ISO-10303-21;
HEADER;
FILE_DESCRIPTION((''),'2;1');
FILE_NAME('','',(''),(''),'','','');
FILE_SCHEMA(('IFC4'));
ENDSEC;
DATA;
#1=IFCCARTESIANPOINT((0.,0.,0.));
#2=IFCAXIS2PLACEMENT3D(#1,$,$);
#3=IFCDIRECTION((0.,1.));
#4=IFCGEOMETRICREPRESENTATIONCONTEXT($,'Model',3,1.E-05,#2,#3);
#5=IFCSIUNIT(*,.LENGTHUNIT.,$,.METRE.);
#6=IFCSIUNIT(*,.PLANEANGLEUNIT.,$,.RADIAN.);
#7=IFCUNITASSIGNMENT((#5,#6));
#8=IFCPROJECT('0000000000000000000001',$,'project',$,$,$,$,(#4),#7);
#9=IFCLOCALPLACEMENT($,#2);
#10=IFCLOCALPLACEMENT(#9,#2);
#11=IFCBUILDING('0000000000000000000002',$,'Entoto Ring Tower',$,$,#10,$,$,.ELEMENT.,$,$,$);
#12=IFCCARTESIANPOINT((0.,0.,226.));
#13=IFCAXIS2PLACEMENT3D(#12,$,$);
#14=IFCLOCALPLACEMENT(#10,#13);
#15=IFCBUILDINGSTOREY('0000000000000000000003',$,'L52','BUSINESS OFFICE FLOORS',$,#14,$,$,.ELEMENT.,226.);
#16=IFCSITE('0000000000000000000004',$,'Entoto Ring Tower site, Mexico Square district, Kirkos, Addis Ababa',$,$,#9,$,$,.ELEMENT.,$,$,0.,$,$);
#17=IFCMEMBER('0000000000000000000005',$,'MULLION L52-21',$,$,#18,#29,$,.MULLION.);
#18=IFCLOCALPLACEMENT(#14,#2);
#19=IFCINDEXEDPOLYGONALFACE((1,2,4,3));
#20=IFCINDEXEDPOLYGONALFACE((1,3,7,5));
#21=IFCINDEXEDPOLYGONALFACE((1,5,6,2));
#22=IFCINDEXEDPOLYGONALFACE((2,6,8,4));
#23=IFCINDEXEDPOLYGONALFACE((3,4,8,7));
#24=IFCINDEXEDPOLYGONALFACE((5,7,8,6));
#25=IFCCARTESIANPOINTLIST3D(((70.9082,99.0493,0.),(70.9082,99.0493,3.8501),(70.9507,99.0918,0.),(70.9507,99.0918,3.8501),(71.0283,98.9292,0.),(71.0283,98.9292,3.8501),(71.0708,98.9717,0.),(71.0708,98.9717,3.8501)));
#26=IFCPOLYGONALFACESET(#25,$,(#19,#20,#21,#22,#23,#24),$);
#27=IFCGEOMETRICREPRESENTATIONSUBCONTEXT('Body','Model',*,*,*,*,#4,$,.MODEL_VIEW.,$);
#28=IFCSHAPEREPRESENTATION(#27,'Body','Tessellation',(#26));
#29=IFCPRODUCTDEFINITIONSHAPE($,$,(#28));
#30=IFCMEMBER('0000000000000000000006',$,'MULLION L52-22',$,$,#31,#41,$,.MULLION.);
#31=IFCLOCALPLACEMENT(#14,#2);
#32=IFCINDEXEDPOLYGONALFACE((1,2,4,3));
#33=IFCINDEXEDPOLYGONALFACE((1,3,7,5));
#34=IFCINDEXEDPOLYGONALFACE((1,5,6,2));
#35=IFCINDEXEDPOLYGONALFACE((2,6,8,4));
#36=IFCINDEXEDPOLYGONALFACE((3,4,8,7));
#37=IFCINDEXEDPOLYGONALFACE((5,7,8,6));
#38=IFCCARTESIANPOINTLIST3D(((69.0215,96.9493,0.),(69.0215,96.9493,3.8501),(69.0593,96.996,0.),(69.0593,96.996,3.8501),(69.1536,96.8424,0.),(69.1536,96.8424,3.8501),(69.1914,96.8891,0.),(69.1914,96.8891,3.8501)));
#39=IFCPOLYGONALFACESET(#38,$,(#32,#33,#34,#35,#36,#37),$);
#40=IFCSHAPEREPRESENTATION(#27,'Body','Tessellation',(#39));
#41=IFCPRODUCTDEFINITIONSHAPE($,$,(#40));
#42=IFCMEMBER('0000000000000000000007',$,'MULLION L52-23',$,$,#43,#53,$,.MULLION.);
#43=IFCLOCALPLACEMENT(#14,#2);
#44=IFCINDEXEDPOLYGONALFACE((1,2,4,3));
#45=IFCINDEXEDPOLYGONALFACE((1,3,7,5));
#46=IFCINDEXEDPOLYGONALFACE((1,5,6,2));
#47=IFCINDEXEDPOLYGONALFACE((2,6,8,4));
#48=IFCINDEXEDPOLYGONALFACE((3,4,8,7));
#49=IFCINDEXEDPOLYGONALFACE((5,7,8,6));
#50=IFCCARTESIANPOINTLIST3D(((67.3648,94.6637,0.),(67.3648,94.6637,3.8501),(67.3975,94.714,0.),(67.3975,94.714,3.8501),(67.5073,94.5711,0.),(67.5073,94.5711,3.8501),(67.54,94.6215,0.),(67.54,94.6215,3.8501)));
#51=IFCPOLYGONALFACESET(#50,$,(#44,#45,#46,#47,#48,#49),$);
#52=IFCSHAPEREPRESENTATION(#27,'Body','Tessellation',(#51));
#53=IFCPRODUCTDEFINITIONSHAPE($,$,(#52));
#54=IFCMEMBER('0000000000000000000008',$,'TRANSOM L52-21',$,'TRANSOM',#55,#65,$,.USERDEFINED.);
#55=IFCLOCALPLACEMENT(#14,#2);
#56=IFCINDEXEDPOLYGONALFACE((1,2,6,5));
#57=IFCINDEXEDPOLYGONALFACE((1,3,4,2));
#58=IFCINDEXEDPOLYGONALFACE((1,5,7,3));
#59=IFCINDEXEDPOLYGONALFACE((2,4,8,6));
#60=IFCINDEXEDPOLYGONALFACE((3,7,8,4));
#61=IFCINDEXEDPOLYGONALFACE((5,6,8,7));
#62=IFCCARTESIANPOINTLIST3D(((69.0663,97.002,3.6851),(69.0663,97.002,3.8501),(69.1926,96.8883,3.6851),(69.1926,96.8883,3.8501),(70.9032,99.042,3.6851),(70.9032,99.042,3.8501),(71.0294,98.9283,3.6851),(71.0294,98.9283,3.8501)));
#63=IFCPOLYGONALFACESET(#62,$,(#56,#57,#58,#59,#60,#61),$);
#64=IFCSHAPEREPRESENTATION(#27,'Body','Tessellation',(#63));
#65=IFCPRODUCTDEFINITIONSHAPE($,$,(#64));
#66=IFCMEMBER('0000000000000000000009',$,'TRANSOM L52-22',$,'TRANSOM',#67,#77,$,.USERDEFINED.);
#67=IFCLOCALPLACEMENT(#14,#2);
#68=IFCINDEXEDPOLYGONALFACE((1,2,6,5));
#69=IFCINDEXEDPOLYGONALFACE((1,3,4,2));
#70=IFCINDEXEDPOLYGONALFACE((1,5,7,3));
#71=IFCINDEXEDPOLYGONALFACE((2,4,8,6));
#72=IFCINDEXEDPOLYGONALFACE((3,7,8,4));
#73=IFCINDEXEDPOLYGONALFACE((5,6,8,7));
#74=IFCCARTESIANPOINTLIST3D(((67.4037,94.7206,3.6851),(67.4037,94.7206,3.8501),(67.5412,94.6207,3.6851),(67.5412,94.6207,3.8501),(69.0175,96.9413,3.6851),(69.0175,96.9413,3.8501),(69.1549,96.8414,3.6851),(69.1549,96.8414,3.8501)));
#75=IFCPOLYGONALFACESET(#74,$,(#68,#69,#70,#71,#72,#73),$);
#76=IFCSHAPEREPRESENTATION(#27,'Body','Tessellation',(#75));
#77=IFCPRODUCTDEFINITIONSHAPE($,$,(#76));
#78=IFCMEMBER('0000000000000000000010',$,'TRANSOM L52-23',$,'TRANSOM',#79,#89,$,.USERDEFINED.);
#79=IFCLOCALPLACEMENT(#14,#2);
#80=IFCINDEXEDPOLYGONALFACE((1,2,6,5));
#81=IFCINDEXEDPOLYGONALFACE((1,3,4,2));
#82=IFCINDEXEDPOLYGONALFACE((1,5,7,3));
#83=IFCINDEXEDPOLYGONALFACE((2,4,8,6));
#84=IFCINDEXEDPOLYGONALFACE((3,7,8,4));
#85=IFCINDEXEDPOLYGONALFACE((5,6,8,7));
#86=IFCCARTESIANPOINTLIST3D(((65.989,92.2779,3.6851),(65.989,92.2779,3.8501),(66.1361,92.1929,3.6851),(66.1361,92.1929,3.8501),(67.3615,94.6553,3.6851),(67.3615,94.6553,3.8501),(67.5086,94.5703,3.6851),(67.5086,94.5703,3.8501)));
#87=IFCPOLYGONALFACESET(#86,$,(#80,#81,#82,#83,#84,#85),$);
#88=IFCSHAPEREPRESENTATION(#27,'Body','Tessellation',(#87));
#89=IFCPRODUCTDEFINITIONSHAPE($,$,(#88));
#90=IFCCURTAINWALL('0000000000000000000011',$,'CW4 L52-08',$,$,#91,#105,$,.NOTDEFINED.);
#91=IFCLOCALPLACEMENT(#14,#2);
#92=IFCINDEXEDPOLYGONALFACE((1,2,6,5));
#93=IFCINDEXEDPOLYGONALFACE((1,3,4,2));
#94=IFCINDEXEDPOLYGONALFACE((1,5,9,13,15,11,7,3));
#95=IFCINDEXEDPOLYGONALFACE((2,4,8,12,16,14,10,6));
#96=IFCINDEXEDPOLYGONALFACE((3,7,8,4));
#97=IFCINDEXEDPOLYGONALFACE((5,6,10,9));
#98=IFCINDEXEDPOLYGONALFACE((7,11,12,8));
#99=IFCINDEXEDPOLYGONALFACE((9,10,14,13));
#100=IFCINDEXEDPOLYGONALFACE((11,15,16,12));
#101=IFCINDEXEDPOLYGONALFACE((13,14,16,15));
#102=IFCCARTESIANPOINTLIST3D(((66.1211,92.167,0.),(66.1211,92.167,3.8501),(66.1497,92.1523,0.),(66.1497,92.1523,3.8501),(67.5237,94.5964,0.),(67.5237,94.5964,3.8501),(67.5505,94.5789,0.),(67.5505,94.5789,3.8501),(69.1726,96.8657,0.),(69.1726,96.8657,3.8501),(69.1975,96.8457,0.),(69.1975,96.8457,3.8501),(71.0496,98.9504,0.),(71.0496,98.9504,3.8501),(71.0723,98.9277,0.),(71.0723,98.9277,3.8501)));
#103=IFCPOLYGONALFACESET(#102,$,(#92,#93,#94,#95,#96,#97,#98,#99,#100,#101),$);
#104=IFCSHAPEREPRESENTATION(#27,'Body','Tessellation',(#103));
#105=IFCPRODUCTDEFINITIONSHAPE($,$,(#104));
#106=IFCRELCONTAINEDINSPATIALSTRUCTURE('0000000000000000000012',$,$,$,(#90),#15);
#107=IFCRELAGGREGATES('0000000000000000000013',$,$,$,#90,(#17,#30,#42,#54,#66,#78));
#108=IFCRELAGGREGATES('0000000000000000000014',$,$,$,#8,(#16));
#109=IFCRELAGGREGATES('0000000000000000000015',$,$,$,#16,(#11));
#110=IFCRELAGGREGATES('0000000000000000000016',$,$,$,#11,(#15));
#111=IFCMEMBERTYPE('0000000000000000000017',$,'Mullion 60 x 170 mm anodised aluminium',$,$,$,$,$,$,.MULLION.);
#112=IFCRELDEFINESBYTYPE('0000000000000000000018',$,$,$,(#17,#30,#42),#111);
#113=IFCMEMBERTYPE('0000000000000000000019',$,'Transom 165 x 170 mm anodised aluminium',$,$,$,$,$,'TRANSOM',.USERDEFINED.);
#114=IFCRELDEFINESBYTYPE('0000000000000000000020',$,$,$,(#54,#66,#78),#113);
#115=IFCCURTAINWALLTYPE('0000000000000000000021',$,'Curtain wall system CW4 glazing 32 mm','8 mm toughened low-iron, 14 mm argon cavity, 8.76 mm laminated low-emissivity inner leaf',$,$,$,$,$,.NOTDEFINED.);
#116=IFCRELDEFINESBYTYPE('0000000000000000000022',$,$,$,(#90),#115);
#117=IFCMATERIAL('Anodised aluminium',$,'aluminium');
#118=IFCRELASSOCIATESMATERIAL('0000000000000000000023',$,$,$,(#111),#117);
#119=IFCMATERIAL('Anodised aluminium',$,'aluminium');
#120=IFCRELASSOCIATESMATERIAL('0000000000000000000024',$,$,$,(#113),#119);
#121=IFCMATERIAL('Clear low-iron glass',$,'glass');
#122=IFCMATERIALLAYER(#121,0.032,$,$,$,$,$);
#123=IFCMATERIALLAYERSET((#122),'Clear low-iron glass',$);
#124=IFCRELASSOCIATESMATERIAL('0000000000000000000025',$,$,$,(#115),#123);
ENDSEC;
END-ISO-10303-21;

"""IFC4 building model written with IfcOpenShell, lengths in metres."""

from ifc_helpers import new_model, si_unit, direction, frame, origin, origin_2d, place, context, subcontext, project, spatial, polyline, rectangle, outline, extrude, material, layer, layer_set, material_profile, profile_set, type_object, element, aggregate, save


model = new_model("IFC4")

# Units and contexts
model_context = context("Model", 3, precision=1e-05, world=origin(), true_north=direction((0.0, 1.0)))
body_context = subcontext(model_context, "Body", "Model", "MODEL_VIEW")
ifc_project = project(units=[si_unit("LENGTHUNIT", "METRE"), si_unit("PLANEANGLEUNIT", "RADIAN")], contexts=[model_context])

# Members
ifc_material_1 = material(Name="Anodised aluminium", Category="aluminium")
ifc_material_profile_1 = material_profile(ifc_material_1, rectangle(XDim=0.0601, YDim=0.1699, at=origin_2d()), Name="Mullion 60 x 170 mm anodised aluminium")
ifc_profile_set_1 = profile_set([ifc_material_profile_1], Name="Anodised aluminium")
member_type_1 = type_object("IfcMemberType", Name="Mullion 60 x 170 mm anodised aluminium", PredefinedType="MULLION", material=ifc_profile_set_1)
site_placement = place(None, origin())
building_placement = place(site_placement, origin())
storey_placement = place(building_placement, frame((0.0, 0.0, 226.0)))
member_1_placement = place(storey_placement, frame((70.9895, 99.0105, 0.0), z_axis=(0.0, 0.0, 1.0), x_axis=(-0.707107, -0.707107, 0.0)))
member_1 = element("IfcMember", 1, at=member_1_placement, type_object=member_type_1, Name="MULLION L52-21", PredefinedType="MULLION", context=body_context, shape_type="SweptSolid", body=[
    extrude(rectangle(XDim=0.0601, YDim=0.1699, at=origin_2d()), origin(), (0.0, 0.0, 1.0), 3.8501),
])
member_2_placement = place(storey_placement, frame((69.1064, 96.9192, 0.0), z_axis=(0.0, 0.0, 1.0), x_axis=(-0.62932, -0.777146, 0.0)))
member_2 = element("IfcMember", 2, at=member_2_placement, type_object=member_type_1, Name="MULLION L52-22", PredefinedType="MULLION", context=body_context, shape_type="SweptSolid", body=[
    extrude(rectangle(XDim=0.0601, YDim=0.1699, at=origin_2d()), origin(), (0.0, 0.0, 1.0), 3.8501),
])
member_3_placement = place(storey_placement, frame((67.4524, 94.6426, 0.0), z_axis=(0.0, 0.0, 1.0), x_axis=(-0.544639, -0.838671, 0.0)))
member_3 = element("IfcMember", 3, at=member_3_placement, type_object=member_type_1, Name="MULLION L52-23", PredefinedType="MULLION", context=body_context, shape_type="SweptSolid", body=[
    extrude(rectangle(XDim=0.0601, YDim=0.1699, at=origin_2d()), origin(), (0.0, 0.0, 1.0), 3.8501),
])
ifc_material_2 = material(Name="Anodised aluminium", Category="aluminium")
ifc_material_profile_2 = material_profile(ifc_material_2, rectangle(XDim=0.1699, YDim=0.165, at=origin_2d()), Name="Transom 165 x 170 mm anodised aluminium")
ifc_profile_set_2 = profile_set([ifc_material_profile_2], Name="Anodised aluminium")
member_type_2 = type_object("IfcMemberType", Name="Transom 165 x 170 mm anodised aluminium", ElementType="TRANSOM", PredefinedType="USERDEFINED", material=ifc_profile_set_2)
member_4_placement = place(storey_placement, frame((70.9663, 98.9851, 3.7676), z_axis=(-0.669142, -0.743135, 0.0), x_axis=(0.743135, -0.669142, 0.0)))
member_4 = element("IfcMember", 4, at=member_4_placement, type_object=member_type_2, Name="TRANSOM L52-21", ObjectType="TRANSOM", PredefinedType="USERDEFINED", context=body_context, shape_type="SweptSolid", body=[
    extrude(rectangle(XDim=0.1699, YDim=0.165, at=origin_2d()), origin(), (0.0, 0.0, 1.0), 2.7451),
])
member_5_placement = place(storey_placement, frame((69.0862, 96.8914, 3.7676), z_axis=(-0.587865, -0.808959, 0.0), x_axis=(0.808959, -0.587865, 0.0)))
member_5 = element("IfcMember", 5, at=member_5_placement, type_object=member_type_2, Name="TRANSOM L52-22", ObjectType="TRANSOM", PredefinedType="USERDEFINED", context=body_context, shape_type="SweptSolid", body=[
    extrude(rectangle(XDim=0.1699, YDim=0.165, at=origin_2d()), origin(), (0.0, 0.0, 1.0), 2.7451),
])
member_6_placement = place(storey_placement, frame((67.4351, 94.6128, 3.7676), z_axis=(-0.499984, -0.866035, 0.0), x_axis=(0.866035, -0.499984, 0.0)))
member_6 = element("IfcMember", 6, at=member_6_placement, type_object=member_type_2, Name="TRANSOM L52-23", ObjectType="TRANSOM", PredefinedType="USERDEFINED", context=body_context, shape_type="SweptSolid", body=[
    extrude(rectangle(XDim=0.1699, YDim=0.165, at=origin_2d()), origin(), (0.0, 0.0, 1.0), 2.7451),
])

# Site, building, storey
site = spatial("IfcSite", under=ifc_project, at=site_placement, Name="Entoto Ring Tower site, Mexico Square district, Kirkos, Addis Ababa", CompositionType="ELEMENT", RefElevation=0.0)
building = spatial("IfcBuilding", under=site, at=building_placement, Name="Entoto Ring Tower", CompositionType="ELEMENT")
storey = spatial("IfcBuildingStorey", under=building, at=storey_placement, Name="L52", Description="BUSINESS OFFICE FLOORS", CompositionType="ELEMENT", Elevation=226.0)

# Curtain wall
ifc_material_3 = material(Name="Clear low-iron glass", Category="glass")
ifc_layer = layer(ifc_material_3, 0.032)
ifc_layer_set = layer_set([ifc_layer], Name="Clear low-iron glass")
curtain_wall_type = type_object("IfcCurtainWallType", Name="Curtain wall system CW4 glazing 32 mm", Description="8 mm toughened low-iron, 14 mm argon cavity, 8.76 mm laminated low-emissivity inner leaf", PredefinedType="NOTDEFINED", material=ifc_layer_set)
curtain_wall_1_placement = place(storey_placement, origin())
curtain_wall_1 = element("IfcCurtainWall", 7, at=curtain_wall_1_placement, inside=storey, type_object=curtain_wall_type, Name="CW4 L52-08", PredefinedType="NOTDEFINED", context=body_context, shape_type="SweptSolid", body=[
    extrude(outline(polyline([(71.0496, 98.9504), (69.1726, 96.8657), (67.5237, 94.5964), (66.1211, 92.167), (66.1497, 92.1523), (67.5505, 94.5789), (69.1975, 96.8457), (71.0723, 98.9277), (71.0496, 98.9504)])), origin(), (0.0, 0.0, 1.0), 3.8501),
])
aggregate(curtain_wall_1, [member_1, member_2, member_3, member_4, member_5, member_6])

save(model, "model.ifc")
